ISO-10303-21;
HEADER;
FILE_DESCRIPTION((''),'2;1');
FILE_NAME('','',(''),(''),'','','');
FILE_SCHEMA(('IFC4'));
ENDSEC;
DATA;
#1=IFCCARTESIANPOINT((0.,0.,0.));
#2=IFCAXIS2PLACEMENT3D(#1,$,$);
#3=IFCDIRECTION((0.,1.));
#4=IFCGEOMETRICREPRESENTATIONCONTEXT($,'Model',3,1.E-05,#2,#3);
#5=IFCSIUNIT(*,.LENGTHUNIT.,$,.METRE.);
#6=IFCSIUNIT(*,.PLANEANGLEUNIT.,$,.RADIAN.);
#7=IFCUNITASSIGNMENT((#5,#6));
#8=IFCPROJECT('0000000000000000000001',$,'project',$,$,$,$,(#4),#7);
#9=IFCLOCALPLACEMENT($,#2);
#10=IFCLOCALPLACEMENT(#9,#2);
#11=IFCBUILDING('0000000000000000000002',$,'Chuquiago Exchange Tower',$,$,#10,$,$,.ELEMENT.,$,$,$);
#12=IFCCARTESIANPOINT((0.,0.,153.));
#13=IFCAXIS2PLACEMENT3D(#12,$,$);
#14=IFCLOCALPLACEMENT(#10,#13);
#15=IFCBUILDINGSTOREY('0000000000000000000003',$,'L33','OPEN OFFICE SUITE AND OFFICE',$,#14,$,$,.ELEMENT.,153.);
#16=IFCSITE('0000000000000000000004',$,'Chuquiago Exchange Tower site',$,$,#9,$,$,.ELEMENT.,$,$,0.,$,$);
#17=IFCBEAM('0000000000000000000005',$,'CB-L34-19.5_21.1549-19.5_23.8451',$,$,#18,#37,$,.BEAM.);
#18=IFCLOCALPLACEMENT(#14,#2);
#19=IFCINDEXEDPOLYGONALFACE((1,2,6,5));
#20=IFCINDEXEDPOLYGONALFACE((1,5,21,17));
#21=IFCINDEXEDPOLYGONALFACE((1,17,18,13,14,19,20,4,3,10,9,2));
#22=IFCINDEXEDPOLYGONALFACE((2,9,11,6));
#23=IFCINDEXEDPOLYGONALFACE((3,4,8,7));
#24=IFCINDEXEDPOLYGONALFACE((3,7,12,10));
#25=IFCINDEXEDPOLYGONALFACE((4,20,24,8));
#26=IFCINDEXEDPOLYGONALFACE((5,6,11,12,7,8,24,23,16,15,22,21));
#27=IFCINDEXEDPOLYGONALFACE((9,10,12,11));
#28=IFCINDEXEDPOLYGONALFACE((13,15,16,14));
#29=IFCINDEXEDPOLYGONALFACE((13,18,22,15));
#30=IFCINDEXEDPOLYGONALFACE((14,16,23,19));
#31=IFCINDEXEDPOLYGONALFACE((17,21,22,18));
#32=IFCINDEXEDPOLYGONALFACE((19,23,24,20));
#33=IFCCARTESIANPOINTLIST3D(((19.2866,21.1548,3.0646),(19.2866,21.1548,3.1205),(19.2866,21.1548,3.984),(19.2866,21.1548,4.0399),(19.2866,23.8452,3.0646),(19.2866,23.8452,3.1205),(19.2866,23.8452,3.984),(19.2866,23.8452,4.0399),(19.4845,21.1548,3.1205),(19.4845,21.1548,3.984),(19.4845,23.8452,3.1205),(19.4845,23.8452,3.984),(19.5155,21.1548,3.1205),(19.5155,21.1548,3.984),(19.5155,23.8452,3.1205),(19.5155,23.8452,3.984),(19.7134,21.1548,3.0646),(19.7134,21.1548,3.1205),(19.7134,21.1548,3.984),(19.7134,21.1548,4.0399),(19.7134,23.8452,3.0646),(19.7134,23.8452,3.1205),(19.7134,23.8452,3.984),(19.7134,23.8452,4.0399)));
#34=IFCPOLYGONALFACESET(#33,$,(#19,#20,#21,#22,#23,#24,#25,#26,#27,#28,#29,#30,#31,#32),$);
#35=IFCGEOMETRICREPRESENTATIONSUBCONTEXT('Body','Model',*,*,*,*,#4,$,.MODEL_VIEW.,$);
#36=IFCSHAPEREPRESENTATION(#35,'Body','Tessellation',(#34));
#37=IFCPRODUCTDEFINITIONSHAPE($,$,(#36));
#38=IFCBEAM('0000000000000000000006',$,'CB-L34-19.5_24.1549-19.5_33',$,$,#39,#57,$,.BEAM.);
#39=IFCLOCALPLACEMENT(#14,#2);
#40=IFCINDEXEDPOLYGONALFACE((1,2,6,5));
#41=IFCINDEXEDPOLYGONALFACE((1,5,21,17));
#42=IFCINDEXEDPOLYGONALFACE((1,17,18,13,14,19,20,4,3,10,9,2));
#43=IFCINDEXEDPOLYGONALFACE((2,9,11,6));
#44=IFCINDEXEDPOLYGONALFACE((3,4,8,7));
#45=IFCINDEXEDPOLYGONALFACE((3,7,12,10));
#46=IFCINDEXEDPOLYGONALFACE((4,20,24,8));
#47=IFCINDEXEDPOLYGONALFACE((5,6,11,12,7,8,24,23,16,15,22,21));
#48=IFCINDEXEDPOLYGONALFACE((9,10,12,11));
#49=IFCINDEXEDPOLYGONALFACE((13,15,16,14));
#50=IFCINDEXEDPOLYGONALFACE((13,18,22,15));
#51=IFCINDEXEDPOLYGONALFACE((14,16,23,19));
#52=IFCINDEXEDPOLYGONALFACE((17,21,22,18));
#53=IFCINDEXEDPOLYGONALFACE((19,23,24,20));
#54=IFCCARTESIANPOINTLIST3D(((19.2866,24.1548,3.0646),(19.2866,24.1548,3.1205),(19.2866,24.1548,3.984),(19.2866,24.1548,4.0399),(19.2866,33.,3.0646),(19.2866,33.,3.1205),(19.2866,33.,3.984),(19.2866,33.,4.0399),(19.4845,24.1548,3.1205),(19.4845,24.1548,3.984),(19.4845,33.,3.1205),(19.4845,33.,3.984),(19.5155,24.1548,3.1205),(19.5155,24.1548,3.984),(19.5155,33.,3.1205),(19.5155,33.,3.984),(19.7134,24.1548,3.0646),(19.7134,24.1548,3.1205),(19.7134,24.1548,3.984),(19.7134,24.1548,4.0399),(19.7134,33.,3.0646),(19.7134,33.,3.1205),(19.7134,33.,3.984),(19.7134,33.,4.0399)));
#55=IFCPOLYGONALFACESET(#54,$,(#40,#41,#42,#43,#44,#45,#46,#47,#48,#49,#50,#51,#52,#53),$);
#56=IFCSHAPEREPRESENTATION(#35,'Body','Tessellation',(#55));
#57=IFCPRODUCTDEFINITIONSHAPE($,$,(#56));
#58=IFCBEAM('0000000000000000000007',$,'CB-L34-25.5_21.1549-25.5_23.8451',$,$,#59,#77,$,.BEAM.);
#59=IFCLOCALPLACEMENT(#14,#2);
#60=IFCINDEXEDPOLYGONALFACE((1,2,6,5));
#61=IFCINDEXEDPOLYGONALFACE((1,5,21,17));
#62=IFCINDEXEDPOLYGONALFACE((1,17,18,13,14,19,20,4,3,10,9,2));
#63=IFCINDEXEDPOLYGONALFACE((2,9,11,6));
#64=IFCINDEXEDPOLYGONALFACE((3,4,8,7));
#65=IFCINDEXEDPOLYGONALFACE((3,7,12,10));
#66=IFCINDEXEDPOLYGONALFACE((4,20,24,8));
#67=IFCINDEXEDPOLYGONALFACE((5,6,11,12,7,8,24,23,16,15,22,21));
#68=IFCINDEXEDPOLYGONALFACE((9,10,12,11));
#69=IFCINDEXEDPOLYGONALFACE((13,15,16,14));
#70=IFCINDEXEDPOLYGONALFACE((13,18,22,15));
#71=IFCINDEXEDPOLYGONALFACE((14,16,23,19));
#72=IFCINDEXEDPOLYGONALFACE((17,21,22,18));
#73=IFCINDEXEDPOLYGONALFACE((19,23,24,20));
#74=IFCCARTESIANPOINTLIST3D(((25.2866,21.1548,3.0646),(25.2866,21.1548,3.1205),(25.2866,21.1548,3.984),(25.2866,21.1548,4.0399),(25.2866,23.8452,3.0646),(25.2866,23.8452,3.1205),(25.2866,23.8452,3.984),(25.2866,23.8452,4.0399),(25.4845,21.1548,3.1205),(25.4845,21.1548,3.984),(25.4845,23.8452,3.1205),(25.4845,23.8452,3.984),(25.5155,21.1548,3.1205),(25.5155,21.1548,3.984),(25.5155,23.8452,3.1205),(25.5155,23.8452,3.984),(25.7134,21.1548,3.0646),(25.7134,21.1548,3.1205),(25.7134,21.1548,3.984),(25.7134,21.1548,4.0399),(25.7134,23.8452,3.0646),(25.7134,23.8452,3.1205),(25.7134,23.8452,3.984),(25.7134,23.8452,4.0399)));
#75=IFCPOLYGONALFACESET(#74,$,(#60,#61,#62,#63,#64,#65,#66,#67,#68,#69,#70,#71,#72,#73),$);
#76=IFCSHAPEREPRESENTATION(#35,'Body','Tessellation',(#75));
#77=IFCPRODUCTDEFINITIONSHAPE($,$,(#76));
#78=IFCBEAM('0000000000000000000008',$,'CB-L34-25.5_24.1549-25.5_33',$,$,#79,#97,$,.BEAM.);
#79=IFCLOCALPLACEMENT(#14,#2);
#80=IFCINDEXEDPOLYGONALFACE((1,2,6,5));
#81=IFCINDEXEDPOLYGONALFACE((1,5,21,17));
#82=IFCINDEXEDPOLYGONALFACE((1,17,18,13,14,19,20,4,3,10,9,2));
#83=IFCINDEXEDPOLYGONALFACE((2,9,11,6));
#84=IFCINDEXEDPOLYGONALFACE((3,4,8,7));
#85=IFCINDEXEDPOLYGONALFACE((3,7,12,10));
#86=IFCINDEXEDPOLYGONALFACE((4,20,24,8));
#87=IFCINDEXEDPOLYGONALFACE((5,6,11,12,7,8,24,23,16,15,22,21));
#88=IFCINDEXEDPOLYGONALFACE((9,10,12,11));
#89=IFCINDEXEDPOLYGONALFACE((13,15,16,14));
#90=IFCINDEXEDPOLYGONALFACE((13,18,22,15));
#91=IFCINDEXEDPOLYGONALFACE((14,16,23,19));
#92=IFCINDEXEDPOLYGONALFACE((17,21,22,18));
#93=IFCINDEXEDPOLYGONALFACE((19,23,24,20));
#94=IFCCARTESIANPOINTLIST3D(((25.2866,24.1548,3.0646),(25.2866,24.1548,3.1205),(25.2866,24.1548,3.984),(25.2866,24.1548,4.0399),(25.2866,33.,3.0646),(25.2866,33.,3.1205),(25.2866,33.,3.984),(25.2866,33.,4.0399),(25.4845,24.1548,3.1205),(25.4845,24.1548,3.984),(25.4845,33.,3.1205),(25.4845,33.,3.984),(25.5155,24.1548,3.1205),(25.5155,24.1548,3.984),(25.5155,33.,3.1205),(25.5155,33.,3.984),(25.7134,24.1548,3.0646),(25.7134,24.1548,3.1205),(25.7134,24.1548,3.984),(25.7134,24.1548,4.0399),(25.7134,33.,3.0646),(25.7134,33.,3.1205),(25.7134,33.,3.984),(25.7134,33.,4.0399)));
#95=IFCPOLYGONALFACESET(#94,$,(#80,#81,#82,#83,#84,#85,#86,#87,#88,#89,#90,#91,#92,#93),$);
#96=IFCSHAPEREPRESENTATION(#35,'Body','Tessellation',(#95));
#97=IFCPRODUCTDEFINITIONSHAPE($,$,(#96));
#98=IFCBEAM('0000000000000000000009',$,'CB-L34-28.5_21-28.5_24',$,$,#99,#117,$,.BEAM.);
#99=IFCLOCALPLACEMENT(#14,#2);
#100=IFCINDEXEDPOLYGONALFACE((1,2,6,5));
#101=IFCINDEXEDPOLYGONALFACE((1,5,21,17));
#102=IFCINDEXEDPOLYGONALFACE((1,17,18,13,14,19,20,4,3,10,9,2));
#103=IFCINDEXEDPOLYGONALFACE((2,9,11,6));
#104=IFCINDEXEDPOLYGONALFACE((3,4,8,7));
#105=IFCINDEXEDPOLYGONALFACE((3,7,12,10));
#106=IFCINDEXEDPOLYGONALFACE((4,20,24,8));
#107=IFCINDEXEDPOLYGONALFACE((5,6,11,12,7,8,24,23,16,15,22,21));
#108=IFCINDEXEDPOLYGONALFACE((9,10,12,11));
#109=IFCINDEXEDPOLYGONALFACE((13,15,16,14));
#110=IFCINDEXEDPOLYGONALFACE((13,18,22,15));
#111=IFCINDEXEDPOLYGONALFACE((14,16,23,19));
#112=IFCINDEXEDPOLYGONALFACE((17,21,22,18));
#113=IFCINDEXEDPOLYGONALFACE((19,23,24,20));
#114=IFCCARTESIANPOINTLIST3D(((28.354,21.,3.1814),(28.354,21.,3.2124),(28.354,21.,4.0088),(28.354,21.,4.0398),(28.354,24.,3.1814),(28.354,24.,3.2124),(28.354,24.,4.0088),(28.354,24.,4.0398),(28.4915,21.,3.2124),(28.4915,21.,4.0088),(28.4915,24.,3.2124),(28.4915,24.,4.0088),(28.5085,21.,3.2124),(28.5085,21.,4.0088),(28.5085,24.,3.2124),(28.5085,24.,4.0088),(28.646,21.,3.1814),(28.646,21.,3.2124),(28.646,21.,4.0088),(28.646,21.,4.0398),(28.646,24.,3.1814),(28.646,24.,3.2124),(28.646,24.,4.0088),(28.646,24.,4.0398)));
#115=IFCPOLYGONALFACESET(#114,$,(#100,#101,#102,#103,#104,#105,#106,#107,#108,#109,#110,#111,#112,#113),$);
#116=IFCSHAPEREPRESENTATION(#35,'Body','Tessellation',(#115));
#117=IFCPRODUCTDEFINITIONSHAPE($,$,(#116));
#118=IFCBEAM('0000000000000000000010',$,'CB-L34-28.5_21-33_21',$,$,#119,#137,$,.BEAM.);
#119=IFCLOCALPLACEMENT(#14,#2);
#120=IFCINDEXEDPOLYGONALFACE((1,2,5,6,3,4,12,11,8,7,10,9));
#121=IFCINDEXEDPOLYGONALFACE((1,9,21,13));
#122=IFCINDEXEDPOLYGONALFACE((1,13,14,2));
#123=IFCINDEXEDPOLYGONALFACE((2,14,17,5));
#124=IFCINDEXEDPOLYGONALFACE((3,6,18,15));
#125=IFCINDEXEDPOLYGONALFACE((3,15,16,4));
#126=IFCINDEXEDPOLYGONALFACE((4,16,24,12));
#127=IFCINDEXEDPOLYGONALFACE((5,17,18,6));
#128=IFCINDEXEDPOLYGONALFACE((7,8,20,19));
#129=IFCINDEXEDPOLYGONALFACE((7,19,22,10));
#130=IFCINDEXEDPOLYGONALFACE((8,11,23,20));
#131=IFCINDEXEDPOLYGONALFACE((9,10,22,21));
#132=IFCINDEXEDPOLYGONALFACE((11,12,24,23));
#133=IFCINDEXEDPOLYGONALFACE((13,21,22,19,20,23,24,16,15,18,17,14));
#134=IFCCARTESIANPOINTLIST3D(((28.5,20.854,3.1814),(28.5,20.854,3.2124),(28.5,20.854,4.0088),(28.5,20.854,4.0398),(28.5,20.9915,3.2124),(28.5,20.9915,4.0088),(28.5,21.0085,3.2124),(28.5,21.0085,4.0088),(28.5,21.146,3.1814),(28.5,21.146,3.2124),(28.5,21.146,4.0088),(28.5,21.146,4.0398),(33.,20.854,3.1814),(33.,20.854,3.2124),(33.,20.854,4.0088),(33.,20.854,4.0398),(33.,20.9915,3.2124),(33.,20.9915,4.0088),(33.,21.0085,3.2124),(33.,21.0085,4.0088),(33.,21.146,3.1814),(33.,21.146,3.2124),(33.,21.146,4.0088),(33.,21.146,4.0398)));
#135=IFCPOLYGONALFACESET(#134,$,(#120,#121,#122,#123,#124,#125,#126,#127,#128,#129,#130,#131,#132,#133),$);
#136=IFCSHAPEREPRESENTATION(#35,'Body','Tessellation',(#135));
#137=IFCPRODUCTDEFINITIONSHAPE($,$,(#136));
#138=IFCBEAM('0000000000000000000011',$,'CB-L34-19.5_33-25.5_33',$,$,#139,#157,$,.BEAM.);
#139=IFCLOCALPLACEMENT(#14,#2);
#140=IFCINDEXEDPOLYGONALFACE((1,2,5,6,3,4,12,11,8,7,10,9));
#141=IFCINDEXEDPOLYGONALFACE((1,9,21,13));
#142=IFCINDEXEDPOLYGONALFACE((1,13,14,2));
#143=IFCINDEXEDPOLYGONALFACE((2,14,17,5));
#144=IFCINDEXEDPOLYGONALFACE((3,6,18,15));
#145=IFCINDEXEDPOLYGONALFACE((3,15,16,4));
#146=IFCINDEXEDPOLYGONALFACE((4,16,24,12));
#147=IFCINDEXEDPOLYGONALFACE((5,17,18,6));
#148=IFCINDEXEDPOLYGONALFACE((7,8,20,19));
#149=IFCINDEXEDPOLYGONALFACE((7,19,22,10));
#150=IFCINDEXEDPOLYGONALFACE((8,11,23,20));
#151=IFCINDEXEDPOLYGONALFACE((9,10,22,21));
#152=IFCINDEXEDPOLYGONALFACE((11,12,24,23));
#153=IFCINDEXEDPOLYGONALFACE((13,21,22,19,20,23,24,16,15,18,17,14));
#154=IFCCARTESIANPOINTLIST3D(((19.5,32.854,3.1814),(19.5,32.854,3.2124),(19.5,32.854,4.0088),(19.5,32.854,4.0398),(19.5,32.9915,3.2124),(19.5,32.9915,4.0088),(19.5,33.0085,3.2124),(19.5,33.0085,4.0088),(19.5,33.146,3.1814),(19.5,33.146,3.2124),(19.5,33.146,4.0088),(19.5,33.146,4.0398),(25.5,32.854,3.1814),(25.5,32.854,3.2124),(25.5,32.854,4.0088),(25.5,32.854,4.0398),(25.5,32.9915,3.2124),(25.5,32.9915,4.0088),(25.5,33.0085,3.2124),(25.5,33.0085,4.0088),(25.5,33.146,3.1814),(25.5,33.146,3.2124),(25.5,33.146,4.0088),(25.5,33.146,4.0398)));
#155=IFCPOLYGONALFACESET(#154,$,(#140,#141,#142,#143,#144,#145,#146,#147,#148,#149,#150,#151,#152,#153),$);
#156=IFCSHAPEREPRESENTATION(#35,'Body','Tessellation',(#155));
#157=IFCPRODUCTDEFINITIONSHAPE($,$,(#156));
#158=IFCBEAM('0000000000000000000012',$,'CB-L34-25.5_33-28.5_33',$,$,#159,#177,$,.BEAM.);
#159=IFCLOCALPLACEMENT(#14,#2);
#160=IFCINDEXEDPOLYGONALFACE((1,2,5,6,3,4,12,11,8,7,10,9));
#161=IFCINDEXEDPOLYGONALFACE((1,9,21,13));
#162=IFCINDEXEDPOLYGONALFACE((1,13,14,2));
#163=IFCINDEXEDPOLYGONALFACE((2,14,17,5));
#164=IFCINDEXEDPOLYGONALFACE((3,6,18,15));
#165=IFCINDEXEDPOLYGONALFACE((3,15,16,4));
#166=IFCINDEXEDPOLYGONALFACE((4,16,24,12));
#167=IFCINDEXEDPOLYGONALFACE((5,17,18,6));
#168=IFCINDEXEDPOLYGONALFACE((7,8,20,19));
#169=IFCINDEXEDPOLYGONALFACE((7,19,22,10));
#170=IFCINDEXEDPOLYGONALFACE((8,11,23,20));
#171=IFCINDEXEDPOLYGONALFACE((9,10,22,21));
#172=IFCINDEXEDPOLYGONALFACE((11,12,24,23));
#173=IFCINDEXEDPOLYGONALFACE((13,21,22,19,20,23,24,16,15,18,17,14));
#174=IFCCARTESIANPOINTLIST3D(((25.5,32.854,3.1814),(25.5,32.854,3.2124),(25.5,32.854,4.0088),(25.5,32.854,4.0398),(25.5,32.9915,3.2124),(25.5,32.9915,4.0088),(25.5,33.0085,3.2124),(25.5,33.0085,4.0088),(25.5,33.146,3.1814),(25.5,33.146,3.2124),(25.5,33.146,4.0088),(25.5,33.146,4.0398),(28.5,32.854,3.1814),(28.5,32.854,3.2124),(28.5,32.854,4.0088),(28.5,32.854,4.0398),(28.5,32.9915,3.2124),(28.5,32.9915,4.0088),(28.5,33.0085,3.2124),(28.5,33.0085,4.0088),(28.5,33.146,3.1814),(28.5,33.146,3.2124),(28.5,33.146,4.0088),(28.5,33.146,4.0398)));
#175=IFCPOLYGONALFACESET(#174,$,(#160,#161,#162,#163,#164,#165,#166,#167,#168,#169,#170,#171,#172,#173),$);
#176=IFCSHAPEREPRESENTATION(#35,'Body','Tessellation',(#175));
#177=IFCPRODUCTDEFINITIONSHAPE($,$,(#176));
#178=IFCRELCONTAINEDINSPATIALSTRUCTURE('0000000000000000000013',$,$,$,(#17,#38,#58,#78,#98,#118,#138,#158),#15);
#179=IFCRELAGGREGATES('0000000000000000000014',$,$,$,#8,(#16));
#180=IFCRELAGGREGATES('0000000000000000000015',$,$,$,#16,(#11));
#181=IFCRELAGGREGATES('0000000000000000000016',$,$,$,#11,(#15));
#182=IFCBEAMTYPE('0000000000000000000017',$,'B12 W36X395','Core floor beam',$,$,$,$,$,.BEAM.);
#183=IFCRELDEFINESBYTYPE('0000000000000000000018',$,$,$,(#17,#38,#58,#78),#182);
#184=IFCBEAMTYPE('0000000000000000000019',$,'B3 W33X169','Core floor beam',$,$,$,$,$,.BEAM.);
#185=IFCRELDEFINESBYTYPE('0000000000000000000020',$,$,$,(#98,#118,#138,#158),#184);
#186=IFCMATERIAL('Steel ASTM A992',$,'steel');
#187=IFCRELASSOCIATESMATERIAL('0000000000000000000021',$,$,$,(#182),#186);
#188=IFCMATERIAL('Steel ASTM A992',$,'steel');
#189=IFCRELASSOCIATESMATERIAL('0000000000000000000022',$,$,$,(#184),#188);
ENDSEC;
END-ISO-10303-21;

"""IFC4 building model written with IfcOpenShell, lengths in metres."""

from ifc_helpers import new_model, si_unit, direction, frame, origin, origin_2d, place, context, subcontext, project, spatial, i_section, extrude, material, material_profile, profile_set, type_object, element, save


model = new_model("IFC4")

# Units and contexts
model_context = context("Model", 3, precision=1e-05, world=origin(), true_north=direction((0.0, 1.0)))
body_context = subcontext(model_context, "Body", "Model", "MODEL_VIEW")
ifc_project = project(units=[si_unit("LENGTHUNIT", "METRE"), si_unit("PLANEANGLEUNIT", "RADIAN")], contexts=[model_context])

# Site, building, storey
site_placement = place(None, origin())
site = spatial("IfcSite", under=ifc_project, at=site_placement, Name="Chuquiago Exchange Tower site", CompositionType="ELEMENT", RefElevation=0.0)
building_placement = place(site_placement, origin())
building = spatial("IfcBuilding", under=site, at=building_placement, Name="Chuquiago Exchange Tower", CompositionType="ELEMENT")
storey_placement = place(building_placement, frame((0.0, 0.0, 153.0)))
storey = spatial("IfcBuildingStorey", under=building, at=storey_placement, Name="L33", Description="OPEN OFFICE SUITE AND OFFICE", CompositionType="ELEMENT", Elevation=153.0)

# Beams
ifc_material_1 = material(Name="Steel ASTM A992", Category="steel")
ifc_material_profile_1 = material_profile(ifc_material_1, i_section(OverallWidth=0.4268, OverallDepth=0.9753, WebThickness=0.031, FlangeThickness=0.0559, at=origin_2d()), Name="W36X395")
ifc_profile_set_1 = profile_set([ifc_material_profile_1], Name="Steel ASTM A992")
beam_type_1 = type_object("IfcBeamType", Name="B12 W36X395", Description="Core floor beam", PredefinedType="BEAM", material=ifc_profile_set_1)
beam_1_placement = place(storey_placement, frame((19.5, 21.1548, 3.5522), z_axis=(0.0, 1.0, 0.0), x_axis=(-1.0, 0.0, 0.0)))
element("IfcBeam", 1, at=beam_1_placement, inside=storey, type_object=beam_type_1, Name="CB-L34-19.5_21.1549-19.5_23.8451", PredefinedType="BEAM", context=body_context, shape_type="SweptSolid", body=[
    extrude(i_section(OverallWidth=0.4268, OverallDepth=0.9753, WebThickness=0.031, FlangeThickness=0.0559, at=origin_2d()), origin(), (0.0, 0.0, 1.0), 2.6904),
])
beam_2_placement = place(storey_placement, frame((19.5, 24.1548, 3.5522), z_axis=(0.0, 1.0, 0.0), x_axis=(-1.0, 0.0, 0.0)))
element("IfcBeam", 2, at=beam_2_placement, inside=storey, type_object=beam_type_1, Name="CB-L34-19.5_24.1549-19.5_33", PredefinedType="BEAM", context=body_context, shape_type="SweptSolid", body=[
    extrude(i_section(OverallWidth=0.4268, OverallDepth=0.9753, WebThickness=0.031, FlangeThickness=0.0559, at=origin_2d()), origin(), (0.0, 0.0, 1.0), 8.8452),
])
beam_3_placement = place(storey_placement, frame((25.5, 21.1548, 3.5522), z_axis=(0.0, 1.0, 0.0), x_axis=(-1.0, 0.0, 0.0)))
element("IfcBeam", 3, at=beam_3_placement, inside=storey, type_object=beam_type_1, Name="CB-L34-25.5_21.1549-25.5_23.8451", PredefinedType="BEAM", context=body_context, shape_type="SweptSolid", body=[
    extrude(i_section(OverallWidth=0.4268, OverallDepth=0.9753, WebThickness=0.031, FlangeThickness=0.0559, at=origin_2d()), origin(), (0.0, 0.0, 1.0), 2.6904),
])
beam_4_placement = place(storey_placement, frame((25.5, 24.1548, 3.5522), z_axis=(0.0, 1.0, 0.0), x_axis=(-1.0, 0.0, 0.0)))
element("IfcBeam", 4, at=beam_4_placement, inside=storey, type_object=beam_type_1, Name="CB-L34-25.5_24.1549-25.5_33", PredefinedType="BEAM", context=body_context, shape_type="SweptSolid", body=[
    extrude(i_section(OverallWidth=0.4268, OverallDepth=0.9753, WebThickness=0.031, FlangeThickness=0.0559, at=origin_2d()), origin(), (0.0, 0.0, 1.0), 8.8452),
])
ifc_material_2 = material(Name="Steel ASTM A992", Category="steel")
ifc_material_profile_2 = material_profile(ifc_material_2, i_section(OverallWidth=0.292, OverallDepth=0.8584, WebThickness=0.0171, FlangeThickness=0.031, at=origin_2d()), Name="W33X169")
ifc_profile_set_2 = profile_set([ifc_material_profile_2], Name="Steel ASTM A992")
beam_type_2 = type_object("IfcBeamType", Name="B3 W33X169", Description="Core floor beam", PredefinedType="BEAM", material=ifc_profile_set_2)
beam_5_placement = place(storey_placement, frame((28.5, 21.0, 3.6106), z_axis=(0.0, 1.0, 0.0), x_axis=(-1.0, 0.0, 0.0)))
element("IfcBeam", 5, at=beam_5_placement, inside=storey, type_object=beam_type_2, Name="CB-L34-28.5_21-28.5_24", PredefinedType="BEAM", context=body_context, shape_type="SweptSolid", body=[
    extrude(i_section(OverallWidth=0.292, OverallDepth=0.8584, WebThickness=0.0171, FlangeThickness=0.031, at=origin_2d()), origin(), (0.0, 0.0, 1.0), 3.0),
])
beam_6_placement = place(storey_placement, frame((28.5, 21.0, 3.6106), z_axis=(1.0, 0.0, 0.0), x_axis=(0.0, 1.0, 0.0)))
element("IfcBeam", 6, at=beam_6_placement, inside=storey, type_object=beam_type_2, Name="CB-L34-28.5_21-33_21", PredefinedType="BEAM", context=body_context, shape_type="SweptSolid", body=[
    extrude(i_section(OverallWidth=0.292, OverallDepth=0.8584, WebThickness=0.0171, FlangeThickness=0.031, at=origin_2d()), origin(), (0.0, 0.0, 1.0), 4.5),
])
beam_7_placement = place(storey_placement, frame((19.5, 33.0, 3.6106), z_axis=(1.0, 0.0, 0.0), x_axis=(0.0, 1.0, 0.0)))
element("IfcBeam", 7, at=beam_7_placement, inside=storey, type_object=beam_type_2, Name="CB-L34-19.5_33-25.5_33", PredefinedType="BEAM", context=body_context, shape_type="SweptSolid", body=[
    extrude(i_section(OverallWidth=0.292, OverallDepth=0.8584, WebThickness=0.0171, FlangeThickness=0.031, at=origin_2d()), origin(), (0.0, 0.0, 1.0), 6.0),
])
beam_8_placement = place(storey_placement, frame((25.5, 33.0, 3.6106), z_axis=(1.0, 0.0, 0.0), x_axis=(0.0, 1.0, 0.0)))
element("IfcBeam", 8, at=beam_8_placement, inside=storey, type_object=beam_type_2, Name="CB-L34-25.5_33-28.5_33", PredefinedType="BEAM", context=body_context, shape_type="SweptSolid", body=[
    extrude(i_section(OverallWidth=0.292, OverallDepth=0.8584, WebThickness=0.0171, FlangeThickness=0.031, at=origin_2d()), origin(), (0.0, 0.0, 1.0), 3.0),
])

save(model, "model.ifc")
